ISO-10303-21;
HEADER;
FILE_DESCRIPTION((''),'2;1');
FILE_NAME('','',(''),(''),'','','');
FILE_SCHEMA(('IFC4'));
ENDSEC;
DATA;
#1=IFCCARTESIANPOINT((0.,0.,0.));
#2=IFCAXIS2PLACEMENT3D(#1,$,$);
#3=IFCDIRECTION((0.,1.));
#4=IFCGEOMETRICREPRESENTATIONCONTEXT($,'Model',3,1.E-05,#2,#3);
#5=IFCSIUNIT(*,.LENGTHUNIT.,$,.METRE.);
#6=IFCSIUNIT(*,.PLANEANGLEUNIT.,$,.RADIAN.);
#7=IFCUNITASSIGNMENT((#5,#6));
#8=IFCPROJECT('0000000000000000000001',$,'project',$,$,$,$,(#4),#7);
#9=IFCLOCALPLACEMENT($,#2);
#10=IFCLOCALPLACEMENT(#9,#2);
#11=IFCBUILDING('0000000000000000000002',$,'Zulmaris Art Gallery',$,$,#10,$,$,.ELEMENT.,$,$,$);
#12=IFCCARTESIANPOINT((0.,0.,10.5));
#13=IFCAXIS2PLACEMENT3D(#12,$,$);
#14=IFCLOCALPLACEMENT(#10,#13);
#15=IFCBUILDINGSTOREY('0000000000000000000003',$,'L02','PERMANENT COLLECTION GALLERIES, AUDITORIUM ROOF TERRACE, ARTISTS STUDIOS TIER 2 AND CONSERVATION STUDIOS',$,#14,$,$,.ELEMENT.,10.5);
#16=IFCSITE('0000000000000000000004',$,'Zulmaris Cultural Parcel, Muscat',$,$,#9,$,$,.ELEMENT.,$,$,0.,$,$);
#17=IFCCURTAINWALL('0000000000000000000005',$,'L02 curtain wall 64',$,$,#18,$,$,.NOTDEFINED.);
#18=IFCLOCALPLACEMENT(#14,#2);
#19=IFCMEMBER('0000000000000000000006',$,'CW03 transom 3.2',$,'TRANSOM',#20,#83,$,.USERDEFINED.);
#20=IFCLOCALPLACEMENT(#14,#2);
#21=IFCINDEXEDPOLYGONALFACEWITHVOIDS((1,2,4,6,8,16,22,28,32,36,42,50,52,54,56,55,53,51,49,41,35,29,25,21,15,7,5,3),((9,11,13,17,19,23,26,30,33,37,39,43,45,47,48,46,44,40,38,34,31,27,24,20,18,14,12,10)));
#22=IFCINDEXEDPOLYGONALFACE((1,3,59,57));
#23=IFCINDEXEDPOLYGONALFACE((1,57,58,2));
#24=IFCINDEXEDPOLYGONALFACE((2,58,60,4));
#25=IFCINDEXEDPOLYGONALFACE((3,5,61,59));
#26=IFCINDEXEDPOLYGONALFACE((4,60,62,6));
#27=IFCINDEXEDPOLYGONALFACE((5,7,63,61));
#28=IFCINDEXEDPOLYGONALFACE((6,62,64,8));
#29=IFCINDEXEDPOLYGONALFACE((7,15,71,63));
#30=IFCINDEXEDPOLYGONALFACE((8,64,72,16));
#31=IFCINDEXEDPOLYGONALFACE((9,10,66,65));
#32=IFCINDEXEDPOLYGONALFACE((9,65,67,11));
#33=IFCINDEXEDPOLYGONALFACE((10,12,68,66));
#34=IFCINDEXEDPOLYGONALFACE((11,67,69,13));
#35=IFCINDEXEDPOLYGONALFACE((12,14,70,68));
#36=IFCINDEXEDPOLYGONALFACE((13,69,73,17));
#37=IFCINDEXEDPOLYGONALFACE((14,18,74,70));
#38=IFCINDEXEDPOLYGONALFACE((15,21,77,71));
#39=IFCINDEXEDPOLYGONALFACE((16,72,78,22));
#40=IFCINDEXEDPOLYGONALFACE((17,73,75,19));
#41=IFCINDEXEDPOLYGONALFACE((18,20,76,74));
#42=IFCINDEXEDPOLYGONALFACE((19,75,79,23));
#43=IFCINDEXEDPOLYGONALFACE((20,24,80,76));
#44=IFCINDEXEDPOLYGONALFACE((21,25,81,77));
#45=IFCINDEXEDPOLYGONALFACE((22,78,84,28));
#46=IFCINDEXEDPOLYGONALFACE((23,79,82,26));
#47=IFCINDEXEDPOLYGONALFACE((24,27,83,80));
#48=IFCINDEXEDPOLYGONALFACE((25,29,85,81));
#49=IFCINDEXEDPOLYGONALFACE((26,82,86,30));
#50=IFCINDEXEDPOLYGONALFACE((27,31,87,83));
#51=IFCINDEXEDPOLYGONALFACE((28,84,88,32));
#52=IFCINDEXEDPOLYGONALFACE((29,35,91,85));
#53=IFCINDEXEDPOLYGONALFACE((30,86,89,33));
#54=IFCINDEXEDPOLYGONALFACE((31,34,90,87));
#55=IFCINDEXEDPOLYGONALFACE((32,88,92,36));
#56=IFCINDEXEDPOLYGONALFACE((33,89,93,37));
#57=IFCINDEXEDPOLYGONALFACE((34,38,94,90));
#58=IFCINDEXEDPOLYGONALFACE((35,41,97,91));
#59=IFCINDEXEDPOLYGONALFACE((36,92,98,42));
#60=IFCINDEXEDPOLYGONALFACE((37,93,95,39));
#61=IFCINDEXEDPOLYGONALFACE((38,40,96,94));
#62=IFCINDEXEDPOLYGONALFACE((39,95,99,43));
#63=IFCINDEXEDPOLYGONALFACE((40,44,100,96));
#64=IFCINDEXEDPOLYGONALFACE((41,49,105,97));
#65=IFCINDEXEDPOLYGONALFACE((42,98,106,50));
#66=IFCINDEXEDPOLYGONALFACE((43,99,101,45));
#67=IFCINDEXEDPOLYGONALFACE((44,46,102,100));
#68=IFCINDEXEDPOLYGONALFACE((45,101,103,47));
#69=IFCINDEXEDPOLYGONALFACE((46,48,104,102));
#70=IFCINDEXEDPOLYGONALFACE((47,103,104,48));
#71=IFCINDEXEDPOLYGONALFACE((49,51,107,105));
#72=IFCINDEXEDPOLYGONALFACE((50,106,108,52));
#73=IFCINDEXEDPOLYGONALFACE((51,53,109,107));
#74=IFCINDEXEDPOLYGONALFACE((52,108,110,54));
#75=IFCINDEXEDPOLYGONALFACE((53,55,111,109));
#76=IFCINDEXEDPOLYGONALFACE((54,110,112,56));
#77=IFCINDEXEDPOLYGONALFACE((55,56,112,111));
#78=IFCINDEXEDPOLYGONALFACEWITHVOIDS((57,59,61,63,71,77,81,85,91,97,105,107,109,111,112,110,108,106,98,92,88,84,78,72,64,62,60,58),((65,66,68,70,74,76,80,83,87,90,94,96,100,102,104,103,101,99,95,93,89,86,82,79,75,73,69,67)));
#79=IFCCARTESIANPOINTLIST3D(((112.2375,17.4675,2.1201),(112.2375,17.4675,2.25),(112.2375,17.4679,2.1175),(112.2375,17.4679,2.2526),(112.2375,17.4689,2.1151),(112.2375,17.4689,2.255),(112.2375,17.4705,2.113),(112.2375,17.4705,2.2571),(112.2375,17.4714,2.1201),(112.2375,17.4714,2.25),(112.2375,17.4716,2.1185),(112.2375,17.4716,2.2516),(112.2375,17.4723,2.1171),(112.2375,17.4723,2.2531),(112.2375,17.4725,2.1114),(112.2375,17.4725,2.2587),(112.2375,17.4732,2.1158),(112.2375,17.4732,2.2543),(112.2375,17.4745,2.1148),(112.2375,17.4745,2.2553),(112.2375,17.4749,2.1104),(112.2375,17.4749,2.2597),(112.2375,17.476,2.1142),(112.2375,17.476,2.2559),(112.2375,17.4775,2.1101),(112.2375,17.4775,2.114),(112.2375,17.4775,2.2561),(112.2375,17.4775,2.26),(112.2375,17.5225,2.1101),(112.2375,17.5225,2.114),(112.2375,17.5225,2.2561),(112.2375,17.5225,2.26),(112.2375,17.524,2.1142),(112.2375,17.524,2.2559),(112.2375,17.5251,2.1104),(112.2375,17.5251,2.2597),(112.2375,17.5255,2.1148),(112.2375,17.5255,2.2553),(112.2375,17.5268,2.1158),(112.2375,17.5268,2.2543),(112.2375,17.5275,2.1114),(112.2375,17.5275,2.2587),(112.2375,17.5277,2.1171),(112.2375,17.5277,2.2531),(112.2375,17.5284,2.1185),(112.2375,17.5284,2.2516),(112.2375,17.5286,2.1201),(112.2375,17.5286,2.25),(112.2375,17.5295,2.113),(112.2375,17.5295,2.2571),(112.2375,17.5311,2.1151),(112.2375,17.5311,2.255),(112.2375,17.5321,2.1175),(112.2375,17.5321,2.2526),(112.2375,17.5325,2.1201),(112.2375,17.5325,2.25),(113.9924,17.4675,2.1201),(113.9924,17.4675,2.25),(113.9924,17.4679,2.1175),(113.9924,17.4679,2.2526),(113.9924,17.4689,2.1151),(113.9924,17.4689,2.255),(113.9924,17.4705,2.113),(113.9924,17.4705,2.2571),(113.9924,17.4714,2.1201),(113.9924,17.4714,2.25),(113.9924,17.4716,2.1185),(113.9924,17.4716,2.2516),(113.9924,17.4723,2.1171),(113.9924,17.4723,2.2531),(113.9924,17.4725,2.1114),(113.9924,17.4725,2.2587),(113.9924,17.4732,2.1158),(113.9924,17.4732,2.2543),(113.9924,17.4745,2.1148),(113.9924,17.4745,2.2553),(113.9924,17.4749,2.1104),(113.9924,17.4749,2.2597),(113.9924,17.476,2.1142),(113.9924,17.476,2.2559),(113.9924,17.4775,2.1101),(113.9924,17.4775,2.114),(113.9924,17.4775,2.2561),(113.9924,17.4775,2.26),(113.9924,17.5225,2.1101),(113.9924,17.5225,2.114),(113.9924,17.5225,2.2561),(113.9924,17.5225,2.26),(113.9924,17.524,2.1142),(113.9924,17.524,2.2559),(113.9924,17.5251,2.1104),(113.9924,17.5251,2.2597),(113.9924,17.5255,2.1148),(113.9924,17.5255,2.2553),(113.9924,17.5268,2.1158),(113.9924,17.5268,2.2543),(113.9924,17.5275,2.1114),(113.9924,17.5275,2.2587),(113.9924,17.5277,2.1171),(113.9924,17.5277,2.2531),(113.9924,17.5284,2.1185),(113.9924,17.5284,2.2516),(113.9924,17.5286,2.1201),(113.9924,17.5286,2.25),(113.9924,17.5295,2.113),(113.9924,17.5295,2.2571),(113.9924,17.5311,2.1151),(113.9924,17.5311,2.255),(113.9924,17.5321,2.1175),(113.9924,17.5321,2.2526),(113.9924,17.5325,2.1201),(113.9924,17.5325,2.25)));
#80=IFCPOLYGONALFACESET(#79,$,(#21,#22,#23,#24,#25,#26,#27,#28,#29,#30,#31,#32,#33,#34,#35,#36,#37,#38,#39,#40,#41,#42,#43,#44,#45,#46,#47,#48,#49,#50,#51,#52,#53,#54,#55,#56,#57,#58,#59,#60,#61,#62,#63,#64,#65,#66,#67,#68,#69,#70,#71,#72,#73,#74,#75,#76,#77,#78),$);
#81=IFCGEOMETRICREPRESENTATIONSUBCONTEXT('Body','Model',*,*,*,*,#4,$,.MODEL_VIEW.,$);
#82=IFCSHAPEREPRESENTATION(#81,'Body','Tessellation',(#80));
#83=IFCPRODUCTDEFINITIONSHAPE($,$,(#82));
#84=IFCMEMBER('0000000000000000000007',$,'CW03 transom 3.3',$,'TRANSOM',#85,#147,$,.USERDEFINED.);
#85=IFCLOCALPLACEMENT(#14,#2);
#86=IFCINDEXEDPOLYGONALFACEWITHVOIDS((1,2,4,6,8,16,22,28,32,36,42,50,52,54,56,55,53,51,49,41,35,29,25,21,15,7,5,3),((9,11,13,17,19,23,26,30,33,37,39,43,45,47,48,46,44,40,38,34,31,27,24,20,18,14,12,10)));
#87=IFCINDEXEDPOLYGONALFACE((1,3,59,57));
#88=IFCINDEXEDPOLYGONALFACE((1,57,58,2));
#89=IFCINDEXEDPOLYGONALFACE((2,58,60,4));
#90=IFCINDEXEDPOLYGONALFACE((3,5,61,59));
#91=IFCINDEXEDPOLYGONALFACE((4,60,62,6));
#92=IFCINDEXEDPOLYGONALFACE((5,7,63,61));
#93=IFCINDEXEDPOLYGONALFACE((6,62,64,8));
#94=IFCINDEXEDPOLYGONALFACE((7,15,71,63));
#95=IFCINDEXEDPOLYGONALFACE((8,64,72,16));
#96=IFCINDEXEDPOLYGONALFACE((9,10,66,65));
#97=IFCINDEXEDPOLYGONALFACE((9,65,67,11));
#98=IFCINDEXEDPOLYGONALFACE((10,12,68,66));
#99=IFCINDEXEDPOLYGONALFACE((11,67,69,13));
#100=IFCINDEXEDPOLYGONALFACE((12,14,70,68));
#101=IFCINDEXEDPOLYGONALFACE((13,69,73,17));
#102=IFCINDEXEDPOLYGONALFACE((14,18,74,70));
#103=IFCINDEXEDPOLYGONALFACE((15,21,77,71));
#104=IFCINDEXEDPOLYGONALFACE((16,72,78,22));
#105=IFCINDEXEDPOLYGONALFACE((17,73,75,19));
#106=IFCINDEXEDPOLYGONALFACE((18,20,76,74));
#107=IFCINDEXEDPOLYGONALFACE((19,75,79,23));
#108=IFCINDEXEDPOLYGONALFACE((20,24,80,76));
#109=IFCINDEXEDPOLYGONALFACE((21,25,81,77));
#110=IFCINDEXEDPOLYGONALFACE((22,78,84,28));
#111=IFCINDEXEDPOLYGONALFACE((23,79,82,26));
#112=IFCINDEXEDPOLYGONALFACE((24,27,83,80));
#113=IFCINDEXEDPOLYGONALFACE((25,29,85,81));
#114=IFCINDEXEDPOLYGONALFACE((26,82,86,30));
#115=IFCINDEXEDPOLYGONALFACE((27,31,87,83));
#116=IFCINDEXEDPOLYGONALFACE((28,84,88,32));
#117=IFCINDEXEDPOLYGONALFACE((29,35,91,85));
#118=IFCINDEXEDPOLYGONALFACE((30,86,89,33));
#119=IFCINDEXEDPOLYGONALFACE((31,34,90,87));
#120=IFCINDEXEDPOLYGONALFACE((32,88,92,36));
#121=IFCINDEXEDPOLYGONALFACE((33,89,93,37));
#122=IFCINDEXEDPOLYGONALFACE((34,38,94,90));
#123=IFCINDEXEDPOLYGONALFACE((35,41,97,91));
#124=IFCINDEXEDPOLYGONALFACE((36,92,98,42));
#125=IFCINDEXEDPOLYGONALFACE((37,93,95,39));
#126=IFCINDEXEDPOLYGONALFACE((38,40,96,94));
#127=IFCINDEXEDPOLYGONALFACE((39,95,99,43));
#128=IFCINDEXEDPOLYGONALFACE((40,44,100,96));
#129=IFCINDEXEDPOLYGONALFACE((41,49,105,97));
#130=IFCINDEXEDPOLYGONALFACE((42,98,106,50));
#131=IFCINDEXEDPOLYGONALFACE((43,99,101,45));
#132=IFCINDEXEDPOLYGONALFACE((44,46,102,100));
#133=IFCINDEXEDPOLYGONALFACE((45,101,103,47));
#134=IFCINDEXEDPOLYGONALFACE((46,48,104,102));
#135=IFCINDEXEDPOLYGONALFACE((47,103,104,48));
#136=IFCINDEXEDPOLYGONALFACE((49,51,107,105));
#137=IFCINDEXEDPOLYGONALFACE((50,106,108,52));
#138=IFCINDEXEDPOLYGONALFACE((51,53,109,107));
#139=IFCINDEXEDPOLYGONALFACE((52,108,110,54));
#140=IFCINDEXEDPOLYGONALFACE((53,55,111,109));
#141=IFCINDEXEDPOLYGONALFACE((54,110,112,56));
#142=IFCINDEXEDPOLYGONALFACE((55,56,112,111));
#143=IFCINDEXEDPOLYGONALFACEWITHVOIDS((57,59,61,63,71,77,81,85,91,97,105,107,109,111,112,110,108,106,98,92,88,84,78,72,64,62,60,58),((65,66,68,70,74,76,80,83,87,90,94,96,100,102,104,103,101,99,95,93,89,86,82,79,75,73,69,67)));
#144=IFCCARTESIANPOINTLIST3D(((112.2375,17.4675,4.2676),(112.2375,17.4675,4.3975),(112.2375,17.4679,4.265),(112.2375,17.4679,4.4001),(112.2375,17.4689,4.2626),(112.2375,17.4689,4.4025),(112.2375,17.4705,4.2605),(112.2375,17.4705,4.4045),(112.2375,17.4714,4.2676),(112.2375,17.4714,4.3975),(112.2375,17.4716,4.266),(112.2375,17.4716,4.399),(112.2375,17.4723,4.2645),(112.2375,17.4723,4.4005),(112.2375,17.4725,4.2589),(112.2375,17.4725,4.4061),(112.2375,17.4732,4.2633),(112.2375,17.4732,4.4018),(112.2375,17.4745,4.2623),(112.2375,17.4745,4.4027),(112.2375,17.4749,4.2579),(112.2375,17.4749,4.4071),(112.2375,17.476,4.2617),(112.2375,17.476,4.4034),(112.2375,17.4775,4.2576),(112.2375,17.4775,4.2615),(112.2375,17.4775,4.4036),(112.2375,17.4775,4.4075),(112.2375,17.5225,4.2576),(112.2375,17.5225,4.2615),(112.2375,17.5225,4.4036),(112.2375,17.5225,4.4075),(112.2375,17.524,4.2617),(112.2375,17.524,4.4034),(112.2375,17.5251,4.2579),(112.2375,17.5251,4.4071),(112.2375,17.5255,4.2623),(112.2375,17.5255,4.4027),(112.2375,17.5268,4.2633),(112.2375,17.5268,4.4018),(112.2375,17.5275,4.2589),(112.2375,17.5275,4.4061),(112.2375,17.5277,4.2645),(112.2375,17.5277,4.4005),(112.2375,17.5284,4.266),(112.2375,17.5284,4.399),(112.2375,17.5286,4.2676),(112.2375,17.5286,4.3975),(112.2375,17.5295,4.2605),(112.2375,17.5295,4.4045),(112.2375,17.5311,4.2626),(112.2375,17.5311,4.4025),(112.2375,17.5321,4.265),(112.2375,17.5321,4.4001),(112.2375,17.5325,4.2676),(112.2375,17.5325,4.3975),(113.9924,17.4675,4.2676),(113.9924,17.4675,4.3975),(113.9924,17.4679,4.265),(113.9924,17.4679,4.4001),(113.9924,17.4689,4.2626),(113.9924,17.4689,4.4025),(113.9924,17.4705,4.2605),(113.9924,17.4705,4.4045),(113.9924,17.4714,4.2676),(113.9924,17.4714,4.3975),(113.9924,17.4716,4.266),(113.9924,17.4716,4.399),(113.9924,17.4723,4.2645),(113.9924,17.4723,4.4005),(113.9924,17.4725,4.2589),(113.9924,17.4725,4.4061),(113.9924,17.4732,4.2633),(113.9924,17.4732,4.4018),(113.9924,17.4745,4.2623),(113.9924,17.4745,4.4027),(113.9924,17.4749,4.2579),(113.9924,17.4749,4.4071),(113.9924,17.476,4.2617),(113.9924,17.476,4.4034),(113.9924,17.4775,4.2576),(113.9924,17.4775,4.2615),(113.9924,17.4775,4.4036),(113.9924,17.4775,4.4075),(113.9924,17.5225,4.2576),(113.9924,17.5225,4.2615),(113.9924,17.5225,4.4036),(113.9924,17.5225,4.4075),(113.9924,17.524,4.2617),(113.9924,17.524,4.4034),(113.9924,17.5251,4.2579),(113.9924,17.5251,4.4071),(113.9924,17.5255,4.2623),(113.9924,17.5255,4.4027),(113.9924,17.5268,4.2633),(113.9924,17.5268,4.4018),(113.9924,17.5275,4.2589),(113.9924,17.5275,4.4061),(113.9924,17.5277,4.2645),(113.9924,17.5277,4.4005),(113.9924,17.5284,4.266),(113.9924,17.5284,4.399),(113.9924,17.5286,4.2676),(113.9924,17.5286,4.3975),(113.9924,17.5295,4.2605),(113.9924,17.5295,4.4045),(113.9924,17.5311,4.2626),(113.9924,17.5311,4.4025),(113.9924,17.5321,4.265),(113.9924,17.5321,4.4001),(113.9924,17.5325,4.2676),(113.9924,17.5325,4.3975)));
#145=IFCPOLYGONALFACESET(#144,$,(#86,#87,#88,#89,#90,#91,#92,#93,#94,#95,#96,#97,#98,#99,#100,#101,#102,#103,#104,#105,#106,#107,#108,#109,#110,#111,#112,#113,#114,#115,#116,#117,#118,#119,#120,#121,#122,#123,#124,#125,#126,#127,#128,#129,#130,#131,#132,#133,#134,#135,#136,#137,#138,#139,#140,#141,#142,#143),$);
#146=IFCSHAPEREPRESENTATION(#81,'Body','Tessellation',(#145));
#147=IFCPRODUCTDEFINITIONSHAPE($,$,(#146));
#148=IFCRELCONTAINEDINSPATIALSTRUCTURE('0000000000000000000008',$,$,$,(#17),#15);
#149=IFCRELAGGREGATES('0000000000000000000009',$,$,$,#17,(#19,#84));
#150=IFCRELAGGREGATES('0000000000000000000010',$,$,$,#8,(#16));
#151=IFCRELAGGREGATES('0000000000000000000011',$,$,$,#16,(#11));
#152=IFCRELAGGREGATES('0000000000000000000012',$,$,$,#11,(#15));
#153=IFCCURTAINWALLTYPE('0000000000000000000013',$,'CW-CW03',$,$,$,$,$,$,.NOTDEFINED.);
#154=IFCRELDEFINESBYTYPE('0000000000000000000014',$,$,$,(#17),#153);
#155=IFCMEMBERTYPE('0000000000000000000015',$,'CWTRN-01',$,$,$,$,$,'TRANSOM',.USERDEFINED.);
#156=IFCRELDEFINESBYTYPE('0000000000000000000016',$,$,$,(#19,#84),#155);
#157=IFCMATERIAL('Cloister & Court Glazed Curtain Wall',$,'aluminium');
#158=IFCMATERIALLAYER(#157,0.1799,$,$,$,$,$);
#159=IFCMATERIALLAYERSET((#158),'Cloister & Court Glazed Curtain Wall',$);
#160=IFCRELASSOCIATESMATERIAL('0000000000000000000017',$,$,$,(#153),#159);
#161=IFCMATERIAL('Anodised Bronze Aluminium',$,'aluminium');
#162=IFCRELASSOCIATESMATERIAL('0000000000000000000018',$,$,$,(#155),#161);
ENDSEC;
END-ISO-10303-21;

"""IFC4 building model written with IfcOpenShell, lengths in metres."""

from ifc_helpers import new_model, si_unit, direction, frame, origin, origin_2d, place, context, subcontext, project, spatial, hollow_rectangle, extrude, material, layer, layer_set, material_profile, profile_set, type_object, element, aggregate, save


model = new_model("IFC4")

# Units and contexts
model_context = context("Model", 3, precision=1e-05, world=origin(), true_north=direction((0.0, 1.0)))
body_context = subcontext(model_context, "Body", "Model", "MODEL_VIEW")
ifc_project = project(units=[si_unit("LENGTHUNIT", "METRE"), si_unit("PLANEANGLEUNIT", "RADIAN")], contexts=[model_context])

# Site, building, storey
site_placement = place(None, origin())
site = spatial("IfcSite", under=ifc_project, at=site_placement, Name="Zulmaris Cultural Parcel, Muscat", CompositionType="ELEMENT", RefElevation=0.0)
building_placement = place(site_placement, origin())
building = spatial("IfcBuilding", under=site, at=building_placement, Name="Zulmaris Art Gallery", CompositionType="ELEMENT")
storey_placement = place(building_placement, frame((0.0, 0.0, 10.5)))
storey = spatial("IfcBuildingStorey", under=building, at=storey_placement, Name="L02", Description="PERMANENT COLLECTION GALLERIES, AUDITORIUM ROOF TERRACE, ARTISTS STUDIOS TIER 2 AND CONSERVATION STUDIOS", CompositionType="ELEMENT", Elevation=10.5)

# Curtain wall
ifc_material_1 = material(Name="Cloister & Court Glazed Curtain Wall", Category="aluminium")
ifc_layer_1 = layer(ifc_material_1, 0.1799)
ifc_layer_set_1 = layer_set([ifc_layer_1], Name="Cloister & Court Glazed Curtain Wall")
curtain_wall_type = type_object("IfcCurtainWallType", Name="CW-CW03", PredefinedType="NOTDEFINED", material=ifc_layer_set_1)
curtain_wall_1_placement = place(storey_placement, origin())
curtain_wall_1 = element("IfcCurtainWall", 1, at=curtain_wall_1_placement, inside=storey, type_object=curtain_wall_type, Name="L02 curtain wall 64", PredefinedType="NOTDEFINED")
ifc_material_2 = material(Name="Anodised Bronze Aluminium", Category="aluminium")

# Members
ifc_material_profile_1 = material_profile(ifc_material_2, hollow_rectangle(XDim=0.0649, YDim=0.1499, WallThickness=0.0039, InnerFilletRadius=0.0061, OuterFilletRadius=0.01, at=origin_2d()), Name="ALU 65x150x4")
ifc_profile_set_1 = profile_set([ifc_material_profile_1], Name="Anodised Bronze Aluminium")
member_type_1 = type_object("IfcMemberType", Name="CWTRN-01", ElementType="TRANSOM", PredefinedType="USERDEFINED", material=ifc_profile_set_1)
member_1_placement = place(storey_placement, frame((112.2375, 17.5, 2.1851), z_axis=(1.0, 0.0, 0.0), x_axis=(0.0, 1.0, 0.0)))
member_1 = element("IfcMember", 2, at=member_1_placement, type_object=member_type_1, Name="CW03 transom 3.2", ObjectType="TRANSOM", PredefinedType="USERDEFINED", context=body_context, shape_type="SweptSolid", body=[
    extrude(hollow_rectangle(XDim=0.0649, YDim=0.1499, WallThickness=0.0039, InnerFilletRadius=0.0061, OuterFilletRadius=0.01, at=origin_2d()), origin(), (0.0, 0.0, 1.0), 1.7549),
])
member_2_placement = place(storey_placement, frame((112.2375, 17.5, 4.3325), z_axis=(1.0, 0.0, 0.0), x_axis=(0.0, 1.0, 0.0)))
member_2 = element("IfcMember", 3, at=member_2_placement, type_object=member_type_1, Name="CW03 transom 3.3", ObjectType="TRANSOM", PredefinedType="USERDEFINED", context=body_context, shape_type="SweptSolid", body=[
    extrude(hollow_rectangle(XDim=0.0649, YDim=0.1499, WallThickness=0.0039, InnerFilletRadius=0.0061, OuterFilletRadius=0.01, at=origin_2d()), origin(), (0.0, 0.0, 1.0), 1.7549),
])

aggregate(curtain_wall_1, [member_1, member_2])

save(model, "model.ifc")
